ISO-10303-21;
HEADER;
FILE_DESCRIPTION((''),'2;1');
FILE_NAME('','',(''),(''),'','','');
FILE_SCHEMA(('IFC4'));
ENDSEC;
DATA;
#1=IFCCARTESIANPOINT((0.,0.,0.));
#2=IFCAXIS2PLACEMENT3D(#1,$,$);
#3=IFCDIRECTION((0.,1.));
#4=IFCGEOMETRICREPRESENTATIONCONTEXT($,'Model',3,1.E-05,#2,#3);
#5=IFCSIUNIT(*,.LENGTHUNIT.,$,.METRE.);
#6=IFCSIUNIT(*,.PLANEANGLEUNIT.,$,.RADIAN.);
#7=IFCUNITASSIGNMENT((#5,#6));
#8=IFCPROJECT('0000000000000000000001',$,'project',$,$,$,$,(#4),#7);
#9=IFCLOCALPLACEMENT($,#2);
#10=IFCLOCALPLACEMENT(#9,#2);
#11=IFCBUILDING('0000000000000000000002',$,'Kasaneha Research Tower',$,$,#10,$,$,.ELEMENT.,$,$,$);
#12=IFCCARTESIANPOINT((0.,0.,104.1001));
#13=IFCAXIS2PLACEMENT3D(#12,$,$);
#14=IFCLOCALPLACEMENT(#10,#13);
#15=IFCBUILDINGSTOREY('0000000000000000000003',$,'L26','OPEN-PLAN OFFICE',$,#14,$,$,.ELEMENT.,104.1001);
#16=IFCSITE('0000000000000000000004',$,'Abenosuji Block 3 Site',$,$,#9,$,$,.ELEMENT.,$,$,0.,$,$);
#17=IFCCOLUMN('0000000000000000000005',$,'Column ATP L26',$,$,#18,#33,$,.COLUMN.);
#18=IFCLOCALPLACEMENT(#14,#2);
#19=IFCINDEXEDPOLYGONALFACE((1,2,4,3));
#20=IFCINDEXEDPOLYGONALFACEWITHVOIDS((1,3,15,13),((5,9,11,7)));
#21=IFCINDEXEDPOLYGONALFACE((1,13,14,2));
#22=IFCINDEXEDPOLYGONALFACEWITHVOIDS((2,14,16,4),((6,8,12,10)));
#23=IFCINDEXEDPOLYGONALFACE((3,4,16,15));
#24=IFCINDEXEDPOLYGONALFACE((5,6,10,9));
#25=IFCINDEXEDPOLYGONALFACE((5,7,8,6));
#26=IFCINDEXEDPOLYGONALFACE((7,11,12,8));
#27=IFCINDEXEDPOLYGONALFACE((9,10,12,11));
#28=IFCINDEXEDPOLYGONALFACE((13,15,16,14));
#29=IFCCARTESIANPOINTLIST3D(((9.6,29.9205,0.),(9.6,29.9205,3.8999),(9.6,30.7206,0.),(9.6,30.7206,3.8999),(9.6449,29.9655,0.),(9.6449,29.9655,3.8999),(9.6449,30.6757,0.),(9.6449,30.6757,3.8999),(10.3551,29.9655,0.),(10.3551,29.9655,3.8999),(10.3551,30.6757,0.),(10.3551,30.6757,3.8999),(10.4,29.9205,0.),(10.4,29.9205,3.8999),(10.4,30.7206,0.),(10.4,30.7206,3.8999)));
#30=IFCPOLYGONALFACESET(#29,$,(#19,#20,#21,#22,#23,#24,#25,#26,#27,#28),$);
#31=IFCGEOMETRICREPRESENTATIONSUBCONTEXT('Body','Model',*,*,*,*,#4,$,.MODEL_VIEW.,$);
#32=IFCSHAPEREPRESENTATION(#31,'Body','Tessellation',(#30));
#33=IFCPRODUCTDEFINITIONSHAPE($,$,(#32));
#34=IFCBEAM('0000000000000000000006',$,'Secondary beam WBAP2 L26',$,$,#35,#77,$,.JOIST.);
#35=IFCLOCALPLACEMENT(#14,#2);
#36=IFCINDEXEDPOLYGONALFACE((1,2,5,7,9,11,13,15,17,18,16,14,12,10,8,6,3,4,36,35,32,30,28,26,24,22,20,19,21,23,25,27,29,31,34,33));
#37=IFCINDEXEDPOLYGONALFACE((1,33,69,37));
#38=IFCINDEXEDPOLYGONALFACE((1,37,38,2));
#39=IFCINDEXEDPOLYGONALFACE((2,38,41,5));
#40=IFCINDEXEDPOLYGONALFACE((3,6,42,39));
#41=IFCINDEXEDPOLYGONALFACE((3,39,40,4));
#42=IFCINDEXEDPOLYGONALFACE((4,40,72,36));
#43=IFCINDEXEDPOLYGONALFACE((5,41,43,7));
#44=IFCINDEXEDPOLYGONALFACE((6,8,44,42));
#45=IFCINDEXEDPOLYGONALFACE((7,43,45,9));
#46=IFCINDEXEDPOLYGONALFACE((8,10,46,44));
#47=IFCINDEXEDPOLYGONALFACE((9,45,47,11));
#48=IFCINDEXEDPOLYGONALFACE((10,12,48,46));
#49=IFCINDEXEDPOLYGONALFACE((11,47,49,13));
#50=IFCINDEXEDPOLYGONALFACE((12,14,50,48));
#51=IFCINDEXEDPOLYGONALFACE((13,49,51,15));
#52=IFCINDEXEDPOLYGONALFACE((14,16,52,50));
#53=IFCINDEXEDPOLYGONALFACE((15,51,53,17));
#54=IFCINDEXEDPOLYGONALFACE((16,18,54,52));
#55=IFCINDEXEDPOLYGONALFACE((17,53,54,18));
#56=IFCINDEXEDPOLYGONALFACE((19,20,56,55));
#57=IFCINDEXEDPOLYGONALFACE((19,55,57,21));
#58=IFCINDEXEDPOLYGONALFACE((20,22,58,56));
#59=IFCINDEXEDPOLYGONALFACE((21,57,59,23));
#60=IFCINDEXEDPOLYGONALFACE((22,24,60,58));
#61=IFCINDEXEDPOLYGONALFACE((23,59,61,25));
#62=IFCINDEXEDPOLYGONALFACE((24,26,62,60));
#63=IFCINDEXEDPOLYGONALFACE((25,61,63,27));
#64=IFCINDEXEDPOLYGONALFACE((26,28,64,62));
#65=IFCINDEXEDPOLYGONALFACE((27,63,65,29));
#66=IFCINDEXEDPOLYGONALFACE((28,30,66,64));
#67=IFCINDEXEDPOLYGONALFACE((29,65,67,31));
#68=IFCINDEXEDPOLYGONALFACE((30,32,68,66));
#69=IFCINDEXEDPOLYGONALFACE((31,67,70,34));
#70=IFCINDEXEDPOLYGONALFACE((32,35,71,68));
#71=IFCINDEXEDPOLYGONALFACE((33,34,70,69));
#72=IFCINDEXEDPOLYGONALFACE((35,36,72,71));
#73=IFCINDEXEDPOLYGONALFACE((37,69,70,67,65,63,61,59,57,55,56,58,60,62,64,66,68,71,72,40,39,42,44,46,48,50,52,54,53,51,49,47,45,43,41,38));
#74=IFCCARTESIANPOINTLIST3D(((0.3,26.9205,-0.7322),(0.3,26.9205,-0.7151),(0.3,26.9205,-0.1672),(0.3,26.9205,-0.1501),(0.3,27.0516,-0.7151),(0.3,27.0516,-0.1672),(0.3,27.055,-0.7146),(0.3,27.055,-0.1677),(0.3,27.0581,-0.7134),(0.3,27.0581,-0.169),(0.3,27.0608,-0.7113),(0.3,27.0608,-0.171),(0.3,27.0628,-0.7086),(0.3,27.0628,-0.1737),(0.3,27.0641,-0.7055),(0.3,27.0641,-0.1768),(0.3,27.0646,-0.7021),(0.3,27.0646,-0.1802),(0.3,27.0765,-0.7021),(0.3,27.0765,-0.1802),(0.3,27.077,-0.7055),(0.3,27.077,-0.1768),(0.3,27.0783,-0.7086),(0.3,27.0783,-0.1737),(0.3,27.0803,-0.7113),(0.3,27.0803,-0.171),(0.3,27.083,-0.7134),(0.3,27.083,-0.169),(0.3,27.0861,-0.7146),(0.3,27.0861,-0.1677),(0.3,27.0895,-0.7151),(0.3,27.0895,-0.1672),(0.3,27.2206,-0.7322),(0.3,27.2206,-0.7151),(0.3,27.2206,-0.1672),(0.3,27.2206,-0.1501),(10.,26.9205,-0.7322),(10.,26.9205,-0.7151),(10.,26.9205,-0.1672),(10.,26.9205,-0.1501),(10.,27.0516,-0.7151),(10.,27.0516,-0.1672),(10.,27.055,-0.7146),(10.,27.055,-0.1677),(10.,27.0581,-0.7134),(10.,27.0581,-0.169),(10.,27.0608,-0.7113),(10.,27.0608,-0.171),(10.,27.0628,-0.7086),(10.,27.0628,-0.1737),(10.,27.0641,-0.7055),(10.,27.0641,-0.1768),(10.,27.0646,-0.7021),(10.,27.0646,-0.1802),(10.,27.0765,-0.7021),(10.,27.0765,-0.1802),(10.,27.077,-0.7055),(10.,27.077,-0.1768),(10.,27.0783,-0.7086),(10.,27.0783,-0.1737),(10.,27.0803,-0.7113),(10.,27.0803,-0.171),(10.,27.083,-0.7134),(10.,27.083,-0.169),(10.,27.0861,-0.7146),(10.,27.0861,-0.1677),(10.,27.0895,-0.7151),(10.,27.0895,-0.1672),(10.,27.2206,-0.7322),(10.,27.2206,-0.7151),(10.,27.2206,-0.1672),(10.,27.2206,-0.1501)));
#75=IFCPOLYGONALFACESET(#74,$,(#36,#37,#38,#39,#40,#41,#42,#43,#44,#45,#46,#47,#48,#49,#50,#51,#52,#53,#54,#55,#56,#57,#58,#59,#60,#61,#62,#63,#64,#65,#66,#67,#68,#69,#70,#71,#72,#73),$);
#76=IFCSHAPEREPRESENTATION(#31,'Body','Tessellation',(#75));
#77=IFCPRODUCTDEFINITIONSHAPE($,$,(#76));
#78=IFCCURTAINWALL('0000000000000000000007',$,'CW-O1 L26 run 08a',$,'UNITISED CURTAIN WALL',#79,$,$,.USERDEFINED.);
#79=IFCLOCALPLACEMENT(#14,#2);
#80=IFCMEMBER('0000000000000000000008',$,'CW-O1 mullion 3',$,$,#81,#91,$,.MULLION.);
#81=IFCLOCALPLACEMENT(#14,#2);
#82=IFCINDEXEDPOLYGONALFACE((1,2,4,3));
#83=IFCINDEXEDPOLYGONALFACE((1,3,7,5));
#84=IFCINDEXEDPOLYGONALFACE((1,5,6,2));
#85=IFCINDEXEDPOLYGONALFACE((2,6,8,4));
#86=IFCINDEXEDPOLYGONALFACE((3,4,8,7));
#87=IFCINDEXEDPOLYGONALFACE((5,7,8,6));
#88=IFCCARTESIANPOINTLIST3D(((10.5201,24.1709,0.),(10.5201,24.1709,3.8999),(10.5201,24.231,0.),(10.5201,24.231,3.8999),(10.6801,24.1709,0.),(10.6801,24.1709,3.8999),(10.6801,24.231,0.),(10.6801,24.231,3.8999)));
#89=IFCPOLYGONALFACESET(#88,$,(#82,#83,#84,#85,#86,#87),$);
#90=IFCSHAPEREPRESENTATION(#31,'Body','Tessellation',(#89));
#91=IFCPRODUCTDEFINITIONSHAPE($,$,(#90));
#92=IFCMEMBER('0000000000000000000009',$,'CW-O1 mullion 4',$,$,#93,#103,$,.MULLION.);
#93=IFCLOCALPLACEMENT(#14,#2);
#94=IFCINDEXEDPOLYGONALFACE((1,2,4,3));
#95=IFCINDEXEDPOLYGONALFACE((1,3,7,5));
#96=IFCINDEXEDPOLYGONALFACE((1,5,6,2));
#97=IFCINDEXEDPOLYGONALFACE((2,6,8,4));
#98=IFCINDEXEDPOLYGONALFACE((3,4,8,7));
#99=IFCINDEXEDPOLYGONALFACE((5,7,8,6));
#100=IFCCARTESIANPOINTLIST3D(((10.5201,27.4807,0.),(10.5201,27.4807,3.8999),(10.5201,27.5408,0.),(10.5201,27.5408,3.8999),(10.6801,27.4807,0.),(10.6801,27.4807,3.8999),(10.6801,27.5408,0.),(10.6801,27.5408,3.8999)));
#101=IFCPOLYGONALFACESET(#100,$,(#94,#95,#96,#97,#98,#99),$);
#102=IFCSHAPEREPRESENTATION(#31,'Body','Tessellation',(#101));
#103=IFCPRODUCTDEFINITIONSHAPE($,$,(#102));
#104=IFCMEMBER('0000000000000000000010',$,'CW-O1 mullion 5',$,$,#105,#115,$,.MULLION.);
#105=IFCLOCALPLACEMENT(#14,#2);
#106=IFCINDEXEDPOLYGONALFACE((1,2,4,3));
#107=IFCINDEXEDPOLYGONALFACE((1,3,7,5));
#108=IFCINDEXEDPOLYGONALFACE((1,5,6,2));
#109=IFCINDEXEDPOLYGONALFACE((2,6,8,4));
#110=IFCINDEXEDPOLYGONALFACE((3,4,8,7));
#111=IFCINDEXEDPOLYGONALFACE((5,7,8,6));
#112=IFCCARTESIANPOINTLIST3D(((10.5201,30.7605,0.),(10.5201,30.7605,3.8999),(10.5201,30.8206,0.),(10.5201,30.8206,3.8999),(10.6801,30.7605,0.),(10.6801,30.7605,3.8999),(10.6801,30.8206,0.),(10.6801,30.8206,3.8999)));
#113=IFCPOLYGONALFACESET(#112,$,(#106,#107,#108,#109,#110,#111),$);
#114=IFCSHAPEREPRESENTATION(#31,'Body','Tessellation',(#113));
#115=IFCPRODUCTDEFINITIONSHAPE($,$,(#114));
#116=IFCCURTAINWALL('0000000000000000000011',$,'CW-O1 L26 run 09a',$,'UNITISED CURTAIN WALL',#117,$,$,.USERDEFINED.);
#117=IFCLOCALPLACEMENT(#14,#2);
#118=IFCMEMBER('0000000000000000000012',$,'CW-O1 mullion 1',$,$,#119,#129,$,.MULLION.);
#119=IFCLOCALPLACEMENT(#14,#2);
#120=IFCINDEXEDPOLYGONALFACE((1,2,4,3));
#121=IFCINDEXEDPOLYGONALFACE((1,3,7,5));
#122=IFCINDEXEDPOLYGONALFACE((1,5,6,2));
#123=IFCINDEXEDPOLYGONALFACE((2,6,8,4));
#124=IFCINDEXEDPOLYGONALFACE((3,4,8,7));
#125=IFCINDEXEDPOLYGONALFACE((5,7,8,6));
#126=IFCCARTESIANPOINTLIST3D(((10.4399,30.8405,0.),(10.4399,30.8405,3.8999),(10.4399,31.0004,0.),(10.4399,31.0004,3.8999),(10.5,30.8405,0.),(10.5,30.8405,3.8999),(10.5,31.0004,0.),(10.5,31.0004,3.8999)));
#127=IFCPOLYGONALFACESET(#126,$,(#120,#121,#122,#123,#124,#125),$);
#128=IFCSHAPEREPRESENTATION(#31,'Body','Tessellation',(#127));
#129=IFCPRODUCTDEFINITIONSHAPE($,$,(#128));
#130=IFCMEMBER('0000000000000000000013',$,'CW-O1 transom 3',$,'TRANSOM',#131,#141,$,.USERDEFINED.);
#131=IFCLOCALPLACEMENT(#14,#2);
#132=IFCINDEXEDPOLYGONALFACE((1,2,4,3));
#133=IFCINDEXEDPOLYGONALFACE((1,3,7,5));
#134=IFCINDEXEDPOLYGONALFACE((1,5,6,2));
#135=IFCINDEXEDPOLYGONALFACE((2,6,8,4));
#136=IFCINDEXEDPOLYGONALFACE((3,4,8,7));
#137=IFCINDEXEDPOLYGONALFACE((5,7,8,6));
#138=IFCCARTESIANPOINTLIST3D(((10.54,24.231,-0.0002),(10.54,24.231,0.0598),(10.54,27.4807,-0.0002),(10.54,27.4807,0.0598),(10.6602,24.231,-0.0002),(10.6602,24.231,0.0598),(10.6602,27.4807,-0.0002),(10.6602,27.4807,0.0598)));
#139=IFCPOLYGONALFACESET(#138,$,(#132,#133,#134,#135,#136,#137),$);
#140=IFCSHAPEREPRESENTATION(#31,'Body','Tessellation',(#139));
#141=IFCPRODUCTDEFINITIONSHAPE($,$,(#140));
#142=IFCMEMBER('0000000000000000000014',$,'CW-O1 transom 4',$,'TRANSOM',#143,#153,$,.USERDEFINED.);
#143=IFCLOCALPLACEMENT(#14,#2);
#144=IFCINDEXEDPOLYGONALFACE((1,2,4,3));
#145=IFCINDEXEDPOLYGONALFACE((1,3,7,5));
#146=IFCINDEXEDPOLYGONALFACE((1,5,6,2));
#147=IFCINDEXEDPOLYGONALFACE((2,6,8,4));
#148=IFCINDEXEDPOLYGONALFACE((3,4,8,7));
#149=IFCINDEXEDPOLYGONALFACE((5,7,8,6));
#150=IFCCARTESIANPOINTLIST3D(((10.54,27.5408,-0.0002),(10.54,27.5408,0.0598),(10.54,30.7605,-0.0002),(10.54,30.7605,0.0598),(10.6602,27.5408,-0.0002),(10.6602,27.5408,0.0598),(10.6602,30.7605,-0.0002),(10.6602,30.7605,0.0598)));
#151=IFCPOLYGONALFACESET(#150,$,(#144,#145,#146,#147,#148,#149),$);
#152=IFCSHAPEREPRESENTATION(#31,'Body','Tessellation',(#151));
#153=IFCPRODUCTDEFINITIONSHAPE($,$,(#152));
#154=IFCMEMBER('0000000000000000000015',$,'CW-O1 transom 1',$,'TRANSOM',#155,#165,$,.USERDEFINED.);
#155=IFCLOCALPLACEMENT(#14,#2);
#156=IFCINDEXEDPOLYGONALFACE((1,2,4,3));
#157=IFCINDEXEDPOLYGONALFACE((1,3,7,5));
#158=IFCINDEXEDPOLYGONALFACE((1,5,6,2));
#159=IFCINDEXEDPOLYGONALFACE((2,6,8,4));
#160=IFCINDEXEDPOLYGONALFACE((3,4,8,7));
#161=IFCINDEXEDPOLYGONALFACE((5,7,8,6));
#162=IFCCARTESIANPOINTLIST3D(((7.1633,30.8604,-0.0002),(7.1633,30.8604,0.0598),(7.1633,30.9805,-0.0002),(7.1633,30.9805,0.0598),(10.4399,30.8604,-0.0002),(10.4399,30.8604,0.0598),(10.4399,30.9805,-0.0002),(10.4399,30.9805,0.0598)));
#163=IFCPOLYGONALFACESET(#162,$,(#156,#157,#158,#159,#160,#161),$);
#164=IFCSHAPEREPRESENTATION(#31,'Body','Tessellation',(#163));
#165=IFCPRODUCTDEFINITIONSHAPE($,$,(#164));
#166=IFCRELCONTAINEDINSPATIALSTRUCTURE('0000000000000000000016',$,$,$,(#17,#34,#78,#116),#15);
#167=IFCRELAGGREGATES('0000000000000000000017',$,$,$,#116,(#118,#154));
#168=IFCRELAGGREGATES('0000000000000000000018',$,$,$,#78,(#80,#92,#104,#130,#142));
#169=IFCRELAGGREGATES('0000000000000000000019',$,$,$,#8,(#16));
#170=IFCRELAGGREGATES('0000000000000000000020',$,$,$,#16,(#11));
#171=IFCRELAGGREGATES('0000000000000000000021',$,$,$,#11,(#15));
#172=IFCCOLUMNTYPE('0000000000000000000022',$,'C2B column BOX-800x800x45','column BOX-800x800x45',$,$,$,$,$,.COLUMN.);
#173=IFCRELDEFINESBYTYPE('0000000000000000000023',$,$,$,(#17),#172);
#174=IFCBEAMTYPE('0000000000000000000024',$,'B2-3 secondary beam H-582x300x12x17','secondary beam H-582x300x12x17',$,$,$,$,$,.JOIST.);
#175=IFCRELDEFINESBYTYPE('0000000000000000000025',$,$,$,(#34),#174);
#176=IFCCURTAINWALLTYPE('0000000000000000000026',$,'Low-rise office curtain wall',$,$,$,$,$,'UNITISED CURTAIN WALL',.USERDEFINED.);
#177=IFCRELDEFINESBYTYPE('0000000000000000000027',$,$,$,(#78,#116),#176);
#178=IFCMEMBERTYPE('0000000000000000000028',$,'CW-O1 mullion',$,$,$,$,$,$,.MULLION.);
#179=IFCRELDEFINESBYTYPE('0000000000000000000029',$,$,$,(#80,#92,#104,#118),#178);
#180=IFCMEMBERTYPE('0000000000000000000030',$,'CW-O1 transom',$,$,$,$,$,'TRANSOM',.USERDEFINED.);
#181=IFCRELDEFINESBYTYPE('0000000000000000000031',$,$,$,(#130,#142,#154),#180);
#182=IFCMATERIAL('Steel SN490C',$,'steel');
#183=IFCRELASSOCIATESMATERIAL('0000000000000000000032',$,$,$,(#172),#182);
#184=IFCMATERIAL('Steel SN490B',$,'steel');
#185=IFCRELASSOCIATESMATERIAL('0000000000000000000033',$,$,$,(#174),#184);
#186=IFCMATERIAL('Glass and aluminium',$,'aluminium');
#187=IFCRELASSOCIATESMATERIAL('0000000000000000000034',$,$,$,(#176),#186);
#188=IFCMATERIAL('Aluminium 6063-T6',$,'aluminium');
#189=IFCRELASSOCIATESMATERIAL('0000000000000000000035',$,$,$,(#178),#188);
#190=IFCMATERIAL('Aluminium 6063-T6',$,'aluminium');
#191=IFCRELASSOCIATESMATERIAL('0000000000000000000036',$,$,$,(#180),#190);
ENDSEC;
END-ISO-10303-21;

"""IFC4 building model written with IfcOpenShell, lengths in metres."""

from ifc_helpers import new_model, si_unit, direction, frame, origin, origin_2d, place, context, subcontext, project, spatial, rectangle, hollow_rectangle, i_section, extrude, material, material_profile, profile_set, type_object, element, aggregate, save


model = new_model("IFC4")

# Units and contexts
model_context = context("Model", 3, precision=1e-05, world=origin(), true_north=direction((0.0, 1.0)))
body_context = subcontext(model_context, "Body", "Model", "MODEL_VIEW")
ifc_project = project(units=[si_unit("LENGTHUNIT", "METRE"), si_unit("PLANEANGLEUNIT", "RADIAN")], contexts=[model_context])

# Site, building, storey
site_placement = place(None, origin())
site = spatial("IfcSite", under=ifc_project, at=site_placement, Name="Abenosuji Block 3 Site", CompositionType="ELEMENT", RefElevation=0.0)
building_placement = place(site_placement, origin())
building = spatial("IfcBuilding", under=site, at=building_placement, Name="Kasaneha Research Tower", CompositionType="ELEMENT")
storey_placement = place(building_placement, frame((0.0, 0.0, 104.1001)))
storey = spatial("IfcBuildingStorey", under=building, at=storey_placement, Name="L26", Description="OPEN-PLAN OFFICE", CompositionType="ELEMENT", Elevation=104.1001)

# Column
ifc_material_1 = material(Name="Steel SN490C", Category="steel")
ifc_material_profile_1 = material_profile(ifc_material_1, hollow_rectangle(XDim=0.8, YDim=0.8, WallThickness=0.0449, at=origin_2d()), Name="BOX-800x800x45")
ifc_profile_set_1 = profile_set([ifc_material_profile_1], Name="Steel SN490C")
column_type = type_object("IfcColumnType", Name="C2B column BOX-800x800x45", Description="column BOX-800x800x45", PredefinedType="COLUMN", material=ifc_profile_set_1)
column_placement = place(storey_placement, frame((10.0, 30.3206, 0.0), z_axis=(0.0, 0.0, 1.0), x_axis=(1.0, 0.0, 0.0)))
element("IfcColumn", 1, at=column_placement, inside=storey, type_object=column_type, Name="Column ATP L26", PredefinedType="COLUMN", context=body_context, shape_type="SweptSolid", body=[
    extrude(hollow_rectangle(XDim=0.8, YDim=0.8, WallThickness=0.0449, at=origin_2d()), origin(), (0.0, 0.0, 1.0), 3.8999),
])

# Beam
ifc_material_2 = material(Name="Steel SN490B", Category="steel")
ifc_material_profile_2 = material_profile(ifc_material_2, i_section(OverallWidth=0.3, OverallDepth=0.582, WebThickness=0.012, FlangeThickness=0.0171, FilletRadius=0.0129, at=origin_2d()), Name="H-582x300x12x17")
ifc_profile_set_2 = profile_set([ifc_material_profile_2], Name="Steel SN490B")
beam_type_1 = type_object("IfcBeamType", Name="B2-3 secondary beam H-582x300x12x17", Description="secondary beam H-582x300x12x17", PredefinedType="JOIST", material=ifc_profile_set_2)
beam_1_placement = place(storey_placement, frame((10.0, 27.0706, -0.4412), z_axis=(-1.0, 0.0, 0.0), x_axis=(0.0, -1.0, 0.0)))
element("IfcBeam", 2, at=beam_1_placement, inside=storey, type_object=beam_type_1, Name="Secondary beam WBAP2 L26", PredefinedType="JOIST", context=body_context, shape_type="SweptSolid", body=[
    extrude(i_section(OverallWidth=0.3, OverallDepth=0.582, WebThickness=0.012, FlangeThickness=0.0171, FilletRadius=0.0129, at=origin_2d()), origin(), (0.0, 0.0, 1.0), 9.7),
])

# Curtain wall, members
ifc_material_3 = material(Name="Glass and aluminium", Category="aluminium")
curtain_wall_type = type_object("IfcCurtainWallType", Name="Low-rise office curtain wall", ElementType="UNITISED CURTAIN WALL", PredefinedType="USERDEFINED", material=ifc_material_3)
curtain_wall_1_placement = place(storey_placement, origin())
curtain_wall_1 = element("IfcCurtainWall", 3, at=curtain_wall_1_placement, inside=storey, type_object=curtain_wall_type, Name="CW-O1 L26 run 08a", ObjectType="UNITISED CURTAIN WALL", PredefinedType="USERDEFINED")
ifc_material_4 = material(Name="Aluminium 6063-T6", Category="aluminium")
ifc_material_profile_3 = material_profile(ifc_material_4, rectangle(XDim=0.0601, YDim=0.1599, at=origin_2d()), Name="CW-O1 mullion 60x160")
ifc_profile_set_3 = profile_set([ifc_material_profile_3], Name="Aluminium 6063-T6")
member_type_1 = type_object("IfcMemberType", Name="CW-O1 mullion", PredefinedType="MULLION", material=ifc_profile_set_3)
member_1_placement = place(storey_placement, frame((10.6001, 24.2009, 0.0), z_axis=(0.0, 0.0, 1.0), x_axis=(0.0, 1.0, 0.0)))
member_1 = element("IfcMember", 4, at=member_1_placement, type_object=member_type_1, Name="CW-O1 mullion 3", PredefinedType="MULLION", context=body_context, shape_type="SweptSolid", body=[
    extrude(rectangle(XDim=0.0601, YDim=0.1599, at=origin_2d()), origin(), (0.0, 0.0, 1.0), 3.8999),
])
member_2_placement = place(storey_placement, frame((10.6001, 27.5107, 0.0), z_axis=(0.0, 0.0, 1.0), x_axis=(0.0, 1.0, 0.0)))
member_2 = element("IfcMember", 5, at=member_2_placement, type_object=member_type_1, Name="CW-O1 mullion 4", PredefinedType="MULLION", context=body_context, shape_type="SweptSolid", body=[
    extrude(rectangle(XDim=0.0601, YDim=0.1599, at=origin_2d()), origin(), (0.0, 0.0, 1.0), 3.8999),
])
member_3_placement = place(storey_placement, frame((10.6001, 30.7905, 0.0), z_axis=(0.0, 0.0, 1.0), x_axis=(0.0, 1.0, 0.0)))
member_3 = element("IfcMember", 6, at=member_3_placement, type_object=member_type_1, Name="CW-O1 mullion 5", PredefinedType="MULLION", context=body_context, shape_type="SweptSolid", body=[
    extrude(rectangle(XDim=0.0601, YDim=0.1599, at=origin_2d()), origin(), (0.0, 0.0, 1.0), 3.8999),
])

# Curtain wall, member
curtain_wall_2_placement = place(storey_placement, origin())
curtain_wall_2 = element("IfcCurtainWall", 7, at=curtain_wall_2_placement, inside=storey, type_object=curtain_wall_type, Name="CW-O1 L26 run 09a", ObjectType="UNITISED CURTAIN WALL", PredefinedType="USERDEFINED")
member_4_placement = place(storey_placement, frame((10.47, 30.9204, 0.0), z_axis=(0.0, 0.0, 1.0), x_axis=(-1.0, 0.0, 0.0)))
member_4 = element("IfcMember", 8, at=member_4_placement, type_object=member_type_1, Name="CW-O1 mullion 1", PredefinedType="MULLION", context=body_context, shape_type="SweptSolid", body=[
    extrude(rectangle(XDim=0.0601, YDim=0.1599, at=origin_2d()), origin(), (0.0, 0.0, 1.0), 3.8999),
])

# Members
ifc_material_5 = material(Name="Aluminium 6063-T6", Category="aluminium")
ifc_material_profile_4 = material_profile(ifc_material_5, rectangle(XDim=0.1201, YDim=0.0601, at=origin_2d()), Name="CW-O1 transom 120x60")
ifc_profile_set_4 = profile_set([ifc_material_profile_4], Name="Aluminium 6063-T6")
member_type_2 = type_object("IfcMemberType", Name="CW-O1 transom", ElementType="TRANSOM", PredefinedType="USERDEFINED", material=ifc_profile_set_4)
member_5_placement = place(storey_placement, frame((10.6001, 24.231, 0.0298), z_axis=(0.0, 1.0, 0.0), x_axis=(-1.0, 0.0, 0.0)))
member_5 = element("IfcMember", 9, at=member_5_placement, type_object=member_type_2, Name="CW-O1 transom 3", ObjectType="TRANSOM", PredefinedType="USERDEFINED", context=body_context, shape_type="SweptSolid", body=[
    extrude(rectangle(XDim=0.1201, YDim=0.0601, at=origin_2d()), origin(), (0.0, 0.0, 1.0), 3.2498),
])
member_6_placement = place(storey_placement, frame((10.6001, 27.5408, 0.0298), z_axis=(0.0, 1.0, 0.0), x_axis=(-1.0, 0.0, 0.0)))
member_6 = element("IfcMember", 10, at=member_6_placement, type_object=member_type_2, Name="CW-O1 transom 4", ObjectType="TRANSOM", PredefinedType="USERDEFINED", context=body_context, shape_type="SweptSolid", body=[
    extrude(rectangle(XDim=0.1201, YDim=0.0601, at=origin_2d()), origin(), (0.0, 0.0, 1.0), 3.2197),
])
member_7_placement = place(storey_placement, frame((10.4399, 30.9204, 0.0298), z_axis=(-1.0, 0.0, 0.0), x_axis=(0.0, -1.0, 0.0)))
member_7 = element("IfcMember", 11, at=member_7_placement, type_object=member_type_2, Name="CW-O1 transom 1", ObjectType="TRANSOM", PredefinedType="USERDEFINED", context=body_context, shape_type="SweptSolid", body=[
    extrude(rectangle(XDim=0.1201, YDim=0.0601, at=origin_2d()), origin(), (0.0, 0.0, 1.0), 3.2766),
])
aggregate(curtain_wall_2, [member_4, member_7])

aggregate(curtain_wall_1, [member_1, member_2, member_3, member_5, member_6])

save(model, "model.ifc")
